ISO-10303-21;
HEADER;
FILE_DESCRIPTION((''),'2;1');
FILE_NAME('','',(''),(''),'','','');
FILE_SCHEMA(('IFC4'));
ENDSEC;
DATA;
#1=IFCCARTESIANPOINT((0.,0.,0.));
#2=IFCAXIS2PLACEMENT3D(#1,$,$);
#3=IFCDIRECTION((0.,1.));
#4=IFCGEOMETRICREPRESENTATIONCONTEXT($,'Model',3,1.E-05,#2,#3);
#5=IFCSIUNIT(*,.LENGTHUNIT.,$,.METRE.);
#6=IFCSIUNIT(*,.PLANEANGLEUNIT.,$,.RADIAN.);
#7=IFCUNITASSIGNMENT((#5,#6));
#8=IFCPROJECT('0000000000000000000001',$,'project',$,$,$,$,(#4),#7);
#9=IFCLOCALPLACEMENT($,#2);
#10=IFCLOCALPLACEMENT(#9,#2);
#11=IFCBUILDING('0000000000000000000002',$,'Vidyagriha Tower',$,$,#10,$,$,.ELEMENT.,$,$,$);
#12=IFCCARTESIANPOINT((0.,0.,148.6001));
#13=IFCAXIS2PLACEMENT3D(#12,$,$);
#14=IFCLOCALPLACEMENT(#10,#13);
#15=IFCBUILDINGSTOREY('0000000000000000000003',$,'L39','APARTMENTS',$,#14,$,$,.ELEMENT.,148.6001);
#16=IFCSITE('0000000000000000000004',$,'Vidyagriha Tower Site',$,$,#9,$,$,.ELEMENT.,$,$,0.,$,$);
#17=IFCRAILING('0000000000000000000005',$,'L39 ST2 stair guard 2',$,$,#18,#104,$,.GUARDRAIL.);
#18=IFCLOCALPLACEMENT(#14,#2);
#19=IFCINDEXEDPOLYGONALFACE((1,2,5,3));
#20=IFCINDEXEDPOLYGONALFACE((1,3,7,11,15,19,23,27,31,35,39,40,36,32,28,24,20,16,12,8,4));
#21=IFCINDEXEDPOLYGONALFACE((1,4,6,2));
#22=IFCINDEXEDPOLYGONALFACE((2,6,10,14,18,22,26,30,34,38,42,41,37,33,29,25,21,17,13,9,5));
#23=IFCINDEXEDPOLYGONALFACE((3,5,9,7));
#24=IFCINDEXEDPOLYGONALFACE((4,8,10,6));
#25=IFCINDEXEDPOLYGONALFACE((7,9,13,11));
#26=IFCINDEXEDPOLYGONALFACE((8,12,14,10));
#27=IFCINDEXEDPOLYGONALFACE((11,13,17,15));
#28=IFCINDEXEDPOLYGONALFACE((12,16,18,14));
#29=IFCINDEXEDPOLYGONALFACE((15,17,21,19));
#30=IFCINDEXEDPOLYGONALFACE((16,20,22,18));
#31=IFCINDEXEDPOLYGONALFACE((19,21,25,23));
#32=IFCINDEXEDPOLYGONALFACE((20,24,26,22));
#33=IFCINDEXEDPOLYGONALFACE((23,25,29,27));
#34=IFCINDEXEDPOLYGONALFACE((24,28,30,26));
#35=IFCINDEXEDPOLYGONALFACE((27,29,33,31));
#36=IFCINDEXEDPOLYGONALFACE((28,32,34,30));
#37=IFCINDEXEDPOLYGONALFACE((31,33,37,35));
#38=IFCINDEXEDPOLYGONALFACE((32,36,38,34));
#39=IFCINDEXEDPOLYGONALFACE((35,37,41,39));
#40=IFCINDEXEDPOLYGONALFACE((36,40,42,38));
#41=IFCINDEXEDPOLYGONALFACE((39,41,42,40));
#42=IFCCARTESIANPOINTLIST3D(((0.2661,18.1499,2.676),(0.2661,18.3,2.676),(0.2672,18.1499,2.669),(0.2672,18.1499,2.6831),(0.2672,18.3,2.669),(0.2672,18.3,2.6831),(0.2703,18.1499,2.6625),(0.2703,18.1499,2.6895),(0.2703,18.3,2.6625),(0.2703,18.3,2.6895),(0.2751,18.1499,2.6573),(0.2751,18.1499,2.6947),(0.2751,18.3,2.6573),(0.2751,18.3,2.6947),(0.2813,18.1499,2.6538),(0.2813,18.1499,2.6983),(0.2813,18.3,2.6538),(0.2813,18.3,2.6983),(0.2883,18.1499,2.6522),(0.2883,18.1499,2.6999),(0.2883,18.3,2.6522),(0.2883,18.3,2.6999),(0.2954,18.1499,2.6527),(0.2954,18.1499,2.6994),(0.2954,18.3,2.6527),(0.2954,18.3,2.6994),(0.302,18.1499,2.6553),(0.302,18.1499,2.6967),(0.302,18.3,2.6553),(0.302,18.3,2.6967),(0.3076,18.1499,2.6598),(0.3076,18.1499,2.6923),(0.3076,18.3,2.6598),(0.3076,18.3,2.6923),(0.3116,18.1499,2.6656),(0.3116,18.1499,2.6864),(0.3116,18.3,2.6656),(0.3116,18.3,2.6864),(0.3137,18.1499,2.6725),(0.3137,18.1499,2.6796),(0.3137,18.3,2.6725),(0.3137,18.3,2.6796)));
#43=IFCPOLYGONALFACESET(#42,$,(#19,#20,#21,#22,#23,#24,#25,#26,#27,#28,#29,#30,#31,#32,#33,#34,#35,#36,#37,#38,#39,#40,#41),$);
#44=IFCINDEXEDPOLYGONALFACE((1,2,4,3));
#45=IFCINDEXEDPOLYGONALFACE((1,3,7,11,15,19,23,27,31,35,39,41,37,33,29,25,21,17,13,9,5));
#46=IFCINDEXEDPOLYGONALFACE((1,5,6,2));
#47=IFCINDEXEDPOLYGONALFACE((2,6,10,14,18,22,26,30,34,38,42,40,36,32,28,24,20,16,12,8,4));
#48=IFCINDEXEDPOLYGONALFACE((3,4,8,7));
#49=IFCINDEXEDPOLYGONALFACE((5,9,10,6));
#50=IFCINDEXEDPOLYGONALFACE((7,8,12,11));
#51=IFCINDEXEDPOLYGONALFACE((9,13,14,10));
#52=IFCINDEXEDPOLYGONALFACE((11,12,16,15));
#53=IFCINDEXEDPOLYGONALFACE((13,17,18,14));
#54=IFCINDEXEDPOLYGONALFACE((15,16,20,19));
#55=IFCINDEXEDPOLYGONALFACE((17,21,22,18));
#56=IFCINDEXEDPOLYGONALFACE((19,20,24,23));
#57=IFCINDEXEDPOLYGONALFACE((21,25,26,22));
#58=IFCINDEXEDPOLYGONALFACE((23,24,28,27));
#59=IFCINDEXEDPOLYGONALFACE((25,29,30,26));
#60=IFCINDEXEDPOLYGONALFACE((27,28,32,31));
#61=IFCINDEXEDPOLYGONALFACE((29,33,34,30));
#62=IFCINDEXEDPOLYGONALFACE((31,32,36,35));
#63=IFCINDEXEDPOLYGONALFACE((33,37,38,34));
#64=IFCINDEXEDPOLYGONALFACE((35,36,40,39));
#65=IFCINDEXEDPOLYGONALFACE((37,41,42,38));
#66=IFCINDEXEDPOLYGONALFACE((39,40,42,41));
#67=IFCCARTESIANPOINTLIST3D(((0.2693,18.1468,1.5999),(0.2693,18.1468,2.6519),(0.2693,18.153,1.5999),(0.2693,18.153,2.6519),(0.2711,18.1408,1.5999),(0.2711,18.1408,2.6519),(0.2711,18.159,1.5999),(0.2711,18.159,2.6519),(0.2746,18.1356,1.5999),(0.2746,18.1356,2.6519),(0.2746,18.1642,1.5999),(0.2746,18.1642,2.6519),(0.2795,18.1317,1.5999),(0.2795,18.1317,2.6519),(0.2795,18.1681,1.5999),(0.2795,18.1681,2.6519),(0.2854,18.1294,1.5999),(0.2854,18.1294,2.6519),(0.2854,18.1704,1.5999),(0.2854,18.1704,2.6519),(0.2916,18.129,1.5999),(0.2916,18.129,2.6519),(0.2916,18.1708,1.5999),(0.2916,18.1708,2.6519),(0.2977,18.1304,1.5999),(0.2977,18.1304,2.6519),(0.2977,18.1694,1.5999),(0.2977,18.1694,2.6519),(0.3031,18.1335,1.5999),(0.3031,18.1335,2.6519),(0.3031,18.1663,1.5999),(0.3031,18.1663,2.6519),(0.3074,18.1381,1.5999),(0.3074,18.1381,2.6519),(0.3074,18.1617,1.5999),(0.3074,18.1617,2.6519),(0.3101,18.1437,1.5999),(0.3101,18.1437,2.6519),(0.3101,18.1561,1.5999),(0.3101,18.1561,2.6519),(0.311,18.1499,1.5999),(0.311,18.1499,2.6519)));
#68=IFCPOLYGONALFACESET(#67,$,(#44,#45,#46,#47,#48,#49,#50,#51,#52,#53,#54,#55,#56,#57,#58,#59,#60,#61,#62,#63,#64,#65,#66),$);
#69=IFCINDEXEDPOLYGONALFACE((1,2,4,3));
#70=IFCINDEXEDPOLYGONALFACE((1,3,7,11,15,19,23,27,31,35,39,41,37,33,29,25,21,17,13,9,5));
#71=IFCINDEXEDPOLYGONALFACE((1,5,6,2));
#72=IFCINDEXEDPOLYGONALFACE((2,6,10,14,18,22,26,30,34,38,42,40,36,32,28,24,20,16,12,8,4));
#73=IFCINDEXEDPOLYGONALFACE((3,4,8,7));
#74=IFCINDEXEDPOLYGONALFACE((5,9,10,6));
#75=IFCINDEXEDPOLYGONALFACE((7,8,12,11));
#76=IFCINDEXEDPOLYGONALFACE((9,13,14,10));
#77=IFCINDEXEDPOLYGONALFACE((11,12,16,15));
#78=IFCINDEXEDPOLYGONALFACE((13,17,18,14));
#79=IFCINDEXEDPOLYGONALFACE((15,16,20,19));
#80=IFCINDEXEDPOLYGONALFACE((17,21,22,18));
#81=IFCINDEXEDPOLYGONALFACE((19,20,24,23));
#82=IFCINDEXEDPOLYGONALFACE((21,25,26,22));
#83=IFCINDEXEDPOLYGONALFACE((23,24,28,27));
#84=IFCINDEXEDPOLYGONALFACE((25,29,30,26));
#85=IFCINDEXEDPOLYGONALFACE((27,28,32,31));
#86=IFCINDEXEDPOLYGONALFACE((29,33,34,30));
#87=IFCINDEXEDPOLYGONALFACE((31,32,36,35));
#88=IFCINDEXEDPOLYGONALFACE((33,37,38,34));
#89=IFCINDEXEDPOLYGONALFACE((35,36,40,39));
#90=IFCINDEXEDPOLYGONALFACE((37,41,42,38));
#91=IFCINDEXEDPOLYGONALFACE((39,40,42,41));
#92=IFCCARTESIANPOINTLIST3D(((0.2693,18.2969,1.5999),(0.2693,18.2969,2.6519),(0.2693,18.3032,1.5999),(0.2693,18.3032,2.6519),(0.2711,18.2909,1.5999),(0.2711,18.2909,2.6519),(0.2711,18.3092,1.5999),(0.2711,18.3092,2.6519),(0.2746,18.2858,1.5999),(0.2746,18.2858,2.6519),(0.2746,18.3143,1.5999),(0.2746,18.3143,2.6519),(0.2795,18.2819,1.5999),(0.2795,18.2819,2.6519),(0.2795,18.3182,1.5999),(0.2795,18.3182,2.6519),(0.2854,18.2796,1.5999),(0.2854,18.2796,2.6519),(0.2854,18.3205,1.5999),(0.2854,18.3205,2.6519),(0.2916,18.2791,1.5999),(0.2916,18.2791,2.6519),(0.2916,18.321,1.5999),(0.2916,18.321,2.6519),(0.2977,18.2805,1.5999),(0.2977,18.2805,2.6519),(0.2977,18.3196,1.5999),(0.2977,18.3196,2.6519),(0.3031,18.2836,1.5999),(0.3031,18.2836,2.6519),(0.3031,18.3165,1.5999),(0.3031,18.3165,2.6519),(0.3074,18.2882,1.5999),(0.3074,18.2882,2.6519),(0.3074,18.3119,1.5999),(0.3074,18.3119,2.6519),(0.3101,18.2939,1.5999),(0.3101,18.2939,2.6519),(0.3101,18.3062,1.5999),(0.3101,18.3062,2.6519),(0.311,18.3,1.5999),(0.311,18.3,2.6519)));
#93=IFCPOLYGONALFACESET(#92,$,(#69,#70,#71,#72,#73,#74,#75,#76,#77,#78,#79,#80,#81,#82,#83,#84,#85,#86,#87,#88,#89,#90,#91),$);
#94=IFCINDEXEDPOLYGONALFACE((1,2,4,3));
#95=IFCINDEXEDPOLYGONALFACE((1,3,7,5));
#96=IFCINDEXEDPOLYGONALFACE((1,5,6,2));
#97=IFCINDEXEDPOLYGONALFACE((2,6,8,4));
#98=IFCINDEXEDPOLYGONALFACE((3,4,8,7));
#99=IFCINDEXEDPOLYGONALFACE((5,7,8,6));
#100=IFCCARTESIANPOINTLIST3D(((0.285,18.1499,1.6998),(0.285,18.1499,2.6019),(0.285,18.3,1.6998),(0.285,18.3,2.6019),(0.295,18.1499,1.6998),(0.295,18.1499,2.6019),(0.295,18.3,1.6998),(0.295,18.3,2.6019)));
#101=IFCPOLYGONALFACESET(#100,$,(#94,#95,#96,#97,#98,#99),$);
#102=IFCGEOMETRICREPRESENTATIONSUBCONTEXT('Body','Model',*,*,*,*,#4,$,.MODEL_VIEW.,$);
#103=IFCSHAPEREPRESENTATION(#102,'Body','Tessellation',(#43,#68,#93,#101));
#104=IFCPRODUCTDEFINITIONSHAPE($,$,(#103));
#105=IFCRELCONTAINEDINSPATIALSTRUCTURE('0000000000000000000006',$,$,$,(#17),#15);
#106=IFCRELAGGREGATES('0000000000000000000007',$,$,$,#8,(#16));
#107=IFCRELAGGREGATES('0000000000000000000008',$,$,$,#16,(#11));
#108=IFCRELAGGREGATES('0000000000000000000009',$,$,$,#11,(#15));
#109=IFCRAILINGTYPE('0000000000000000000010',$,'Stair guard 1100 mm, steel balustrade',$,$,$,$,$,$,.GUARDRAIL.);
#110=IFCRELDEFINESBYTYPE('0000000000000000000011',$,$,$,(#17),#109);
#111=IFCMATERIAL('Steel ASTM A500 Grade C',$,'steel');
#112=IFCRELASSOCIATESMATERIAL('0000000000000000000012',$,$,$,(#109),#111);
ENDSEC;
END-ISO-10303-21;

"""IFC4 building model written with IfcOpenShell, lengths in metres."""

from ifc_helpers import new_model, si_unit, direction, frame, origin, origin_2d, place, context, subcontext, project, spatial, rectangle, circle, extrude, material, type_object, element, save


model = new_model("IFC4")

# Units and contexts
model_context = context("Model", 3, precision=1e-05, world=origin(), true_north=direction((0.0, 1.0)))
body_context = subcontext(model_context, "Body", "Model", "MODEL_VIEW")
ifc_project = project(units=[si_unit("LENGTHUNIT", "METRE"), si_unit("PLANEANGLEUNIT", "RADIAN")], contexts=[model_context])

# Site, building, storey
site_placement = place(None, origin())
site = spatial("IfcSite", under=ifc_project, at=site_placement, Name="Vidyagriha Tower Site", CompositionType="ELEMENT", RefElevation=0.0)
building_placement = place(site_placement, origin())
building = spatial("IfcBuilding", under=site, at=building_placement, Name="Vidyagriha Tower", CompositionType="ELEMENT")
storey_placement = place(building_placement, frame((0.0, 0.0, 148.6001)))
storey = spatial("IfcBuildingStorey", under=building, at=storey_placement, Name="L39", Description="APARTMENTS", CompositionType="ELEMENT", Elevation=148.6001)

# Railing
ifc_material_1 = material(Name="Steel ASTM A500 Grade C", Category="steel")
railing_type_1 = type_object("IfcRailingType", Name="Stair guard 1100 mm, steel balustrade", PredefinedType="GUARDRAIL", material=ifc_material_1)
railing_1_placement = place(storey_placement, frame((0.29, 18.1499, 1.5999)))
element("IfcRailing", 1, at=railing_1_placement, inside=storey, type_object=railing_type_1, Name="L39 ST2 stair guard 2", PredefinedType="GUARDRAIL", context=body_context, shape_type="SweptSolid", body=[
    extrude(circle(Radius=0.0239, at=origin_2d()), frame((0.0, 0.0, 1.0762), z_axis=(0.0, 1.0, 0.0), x_axis=(-1.0, 0.0, 0.0)), (0.0, 0.0, 1.0), 0.1501),
    extrude(circle(Radius=0.021, at=origin_2d()), origin(), (0.0, 0.0, 1.0), 1.052),
    extrude(circle(Radius=0.021, at=origin_2d()), frame((0.0, 0.1501, 0.0)), (0.0, 0.0, 1.0), 1.052),
    extrude(rectangle(XDim=0.01, YDim=0.9021, at=origin_2d()), frame((0.0, 0.0, 0.551), z_axis=(0.0, 1.0, 0.0), x_axis=(-1.0, 0.0, 0.0)), (0.0, 0.0, 1.0), 0.1501),
])

save(model, "model.ifc")
